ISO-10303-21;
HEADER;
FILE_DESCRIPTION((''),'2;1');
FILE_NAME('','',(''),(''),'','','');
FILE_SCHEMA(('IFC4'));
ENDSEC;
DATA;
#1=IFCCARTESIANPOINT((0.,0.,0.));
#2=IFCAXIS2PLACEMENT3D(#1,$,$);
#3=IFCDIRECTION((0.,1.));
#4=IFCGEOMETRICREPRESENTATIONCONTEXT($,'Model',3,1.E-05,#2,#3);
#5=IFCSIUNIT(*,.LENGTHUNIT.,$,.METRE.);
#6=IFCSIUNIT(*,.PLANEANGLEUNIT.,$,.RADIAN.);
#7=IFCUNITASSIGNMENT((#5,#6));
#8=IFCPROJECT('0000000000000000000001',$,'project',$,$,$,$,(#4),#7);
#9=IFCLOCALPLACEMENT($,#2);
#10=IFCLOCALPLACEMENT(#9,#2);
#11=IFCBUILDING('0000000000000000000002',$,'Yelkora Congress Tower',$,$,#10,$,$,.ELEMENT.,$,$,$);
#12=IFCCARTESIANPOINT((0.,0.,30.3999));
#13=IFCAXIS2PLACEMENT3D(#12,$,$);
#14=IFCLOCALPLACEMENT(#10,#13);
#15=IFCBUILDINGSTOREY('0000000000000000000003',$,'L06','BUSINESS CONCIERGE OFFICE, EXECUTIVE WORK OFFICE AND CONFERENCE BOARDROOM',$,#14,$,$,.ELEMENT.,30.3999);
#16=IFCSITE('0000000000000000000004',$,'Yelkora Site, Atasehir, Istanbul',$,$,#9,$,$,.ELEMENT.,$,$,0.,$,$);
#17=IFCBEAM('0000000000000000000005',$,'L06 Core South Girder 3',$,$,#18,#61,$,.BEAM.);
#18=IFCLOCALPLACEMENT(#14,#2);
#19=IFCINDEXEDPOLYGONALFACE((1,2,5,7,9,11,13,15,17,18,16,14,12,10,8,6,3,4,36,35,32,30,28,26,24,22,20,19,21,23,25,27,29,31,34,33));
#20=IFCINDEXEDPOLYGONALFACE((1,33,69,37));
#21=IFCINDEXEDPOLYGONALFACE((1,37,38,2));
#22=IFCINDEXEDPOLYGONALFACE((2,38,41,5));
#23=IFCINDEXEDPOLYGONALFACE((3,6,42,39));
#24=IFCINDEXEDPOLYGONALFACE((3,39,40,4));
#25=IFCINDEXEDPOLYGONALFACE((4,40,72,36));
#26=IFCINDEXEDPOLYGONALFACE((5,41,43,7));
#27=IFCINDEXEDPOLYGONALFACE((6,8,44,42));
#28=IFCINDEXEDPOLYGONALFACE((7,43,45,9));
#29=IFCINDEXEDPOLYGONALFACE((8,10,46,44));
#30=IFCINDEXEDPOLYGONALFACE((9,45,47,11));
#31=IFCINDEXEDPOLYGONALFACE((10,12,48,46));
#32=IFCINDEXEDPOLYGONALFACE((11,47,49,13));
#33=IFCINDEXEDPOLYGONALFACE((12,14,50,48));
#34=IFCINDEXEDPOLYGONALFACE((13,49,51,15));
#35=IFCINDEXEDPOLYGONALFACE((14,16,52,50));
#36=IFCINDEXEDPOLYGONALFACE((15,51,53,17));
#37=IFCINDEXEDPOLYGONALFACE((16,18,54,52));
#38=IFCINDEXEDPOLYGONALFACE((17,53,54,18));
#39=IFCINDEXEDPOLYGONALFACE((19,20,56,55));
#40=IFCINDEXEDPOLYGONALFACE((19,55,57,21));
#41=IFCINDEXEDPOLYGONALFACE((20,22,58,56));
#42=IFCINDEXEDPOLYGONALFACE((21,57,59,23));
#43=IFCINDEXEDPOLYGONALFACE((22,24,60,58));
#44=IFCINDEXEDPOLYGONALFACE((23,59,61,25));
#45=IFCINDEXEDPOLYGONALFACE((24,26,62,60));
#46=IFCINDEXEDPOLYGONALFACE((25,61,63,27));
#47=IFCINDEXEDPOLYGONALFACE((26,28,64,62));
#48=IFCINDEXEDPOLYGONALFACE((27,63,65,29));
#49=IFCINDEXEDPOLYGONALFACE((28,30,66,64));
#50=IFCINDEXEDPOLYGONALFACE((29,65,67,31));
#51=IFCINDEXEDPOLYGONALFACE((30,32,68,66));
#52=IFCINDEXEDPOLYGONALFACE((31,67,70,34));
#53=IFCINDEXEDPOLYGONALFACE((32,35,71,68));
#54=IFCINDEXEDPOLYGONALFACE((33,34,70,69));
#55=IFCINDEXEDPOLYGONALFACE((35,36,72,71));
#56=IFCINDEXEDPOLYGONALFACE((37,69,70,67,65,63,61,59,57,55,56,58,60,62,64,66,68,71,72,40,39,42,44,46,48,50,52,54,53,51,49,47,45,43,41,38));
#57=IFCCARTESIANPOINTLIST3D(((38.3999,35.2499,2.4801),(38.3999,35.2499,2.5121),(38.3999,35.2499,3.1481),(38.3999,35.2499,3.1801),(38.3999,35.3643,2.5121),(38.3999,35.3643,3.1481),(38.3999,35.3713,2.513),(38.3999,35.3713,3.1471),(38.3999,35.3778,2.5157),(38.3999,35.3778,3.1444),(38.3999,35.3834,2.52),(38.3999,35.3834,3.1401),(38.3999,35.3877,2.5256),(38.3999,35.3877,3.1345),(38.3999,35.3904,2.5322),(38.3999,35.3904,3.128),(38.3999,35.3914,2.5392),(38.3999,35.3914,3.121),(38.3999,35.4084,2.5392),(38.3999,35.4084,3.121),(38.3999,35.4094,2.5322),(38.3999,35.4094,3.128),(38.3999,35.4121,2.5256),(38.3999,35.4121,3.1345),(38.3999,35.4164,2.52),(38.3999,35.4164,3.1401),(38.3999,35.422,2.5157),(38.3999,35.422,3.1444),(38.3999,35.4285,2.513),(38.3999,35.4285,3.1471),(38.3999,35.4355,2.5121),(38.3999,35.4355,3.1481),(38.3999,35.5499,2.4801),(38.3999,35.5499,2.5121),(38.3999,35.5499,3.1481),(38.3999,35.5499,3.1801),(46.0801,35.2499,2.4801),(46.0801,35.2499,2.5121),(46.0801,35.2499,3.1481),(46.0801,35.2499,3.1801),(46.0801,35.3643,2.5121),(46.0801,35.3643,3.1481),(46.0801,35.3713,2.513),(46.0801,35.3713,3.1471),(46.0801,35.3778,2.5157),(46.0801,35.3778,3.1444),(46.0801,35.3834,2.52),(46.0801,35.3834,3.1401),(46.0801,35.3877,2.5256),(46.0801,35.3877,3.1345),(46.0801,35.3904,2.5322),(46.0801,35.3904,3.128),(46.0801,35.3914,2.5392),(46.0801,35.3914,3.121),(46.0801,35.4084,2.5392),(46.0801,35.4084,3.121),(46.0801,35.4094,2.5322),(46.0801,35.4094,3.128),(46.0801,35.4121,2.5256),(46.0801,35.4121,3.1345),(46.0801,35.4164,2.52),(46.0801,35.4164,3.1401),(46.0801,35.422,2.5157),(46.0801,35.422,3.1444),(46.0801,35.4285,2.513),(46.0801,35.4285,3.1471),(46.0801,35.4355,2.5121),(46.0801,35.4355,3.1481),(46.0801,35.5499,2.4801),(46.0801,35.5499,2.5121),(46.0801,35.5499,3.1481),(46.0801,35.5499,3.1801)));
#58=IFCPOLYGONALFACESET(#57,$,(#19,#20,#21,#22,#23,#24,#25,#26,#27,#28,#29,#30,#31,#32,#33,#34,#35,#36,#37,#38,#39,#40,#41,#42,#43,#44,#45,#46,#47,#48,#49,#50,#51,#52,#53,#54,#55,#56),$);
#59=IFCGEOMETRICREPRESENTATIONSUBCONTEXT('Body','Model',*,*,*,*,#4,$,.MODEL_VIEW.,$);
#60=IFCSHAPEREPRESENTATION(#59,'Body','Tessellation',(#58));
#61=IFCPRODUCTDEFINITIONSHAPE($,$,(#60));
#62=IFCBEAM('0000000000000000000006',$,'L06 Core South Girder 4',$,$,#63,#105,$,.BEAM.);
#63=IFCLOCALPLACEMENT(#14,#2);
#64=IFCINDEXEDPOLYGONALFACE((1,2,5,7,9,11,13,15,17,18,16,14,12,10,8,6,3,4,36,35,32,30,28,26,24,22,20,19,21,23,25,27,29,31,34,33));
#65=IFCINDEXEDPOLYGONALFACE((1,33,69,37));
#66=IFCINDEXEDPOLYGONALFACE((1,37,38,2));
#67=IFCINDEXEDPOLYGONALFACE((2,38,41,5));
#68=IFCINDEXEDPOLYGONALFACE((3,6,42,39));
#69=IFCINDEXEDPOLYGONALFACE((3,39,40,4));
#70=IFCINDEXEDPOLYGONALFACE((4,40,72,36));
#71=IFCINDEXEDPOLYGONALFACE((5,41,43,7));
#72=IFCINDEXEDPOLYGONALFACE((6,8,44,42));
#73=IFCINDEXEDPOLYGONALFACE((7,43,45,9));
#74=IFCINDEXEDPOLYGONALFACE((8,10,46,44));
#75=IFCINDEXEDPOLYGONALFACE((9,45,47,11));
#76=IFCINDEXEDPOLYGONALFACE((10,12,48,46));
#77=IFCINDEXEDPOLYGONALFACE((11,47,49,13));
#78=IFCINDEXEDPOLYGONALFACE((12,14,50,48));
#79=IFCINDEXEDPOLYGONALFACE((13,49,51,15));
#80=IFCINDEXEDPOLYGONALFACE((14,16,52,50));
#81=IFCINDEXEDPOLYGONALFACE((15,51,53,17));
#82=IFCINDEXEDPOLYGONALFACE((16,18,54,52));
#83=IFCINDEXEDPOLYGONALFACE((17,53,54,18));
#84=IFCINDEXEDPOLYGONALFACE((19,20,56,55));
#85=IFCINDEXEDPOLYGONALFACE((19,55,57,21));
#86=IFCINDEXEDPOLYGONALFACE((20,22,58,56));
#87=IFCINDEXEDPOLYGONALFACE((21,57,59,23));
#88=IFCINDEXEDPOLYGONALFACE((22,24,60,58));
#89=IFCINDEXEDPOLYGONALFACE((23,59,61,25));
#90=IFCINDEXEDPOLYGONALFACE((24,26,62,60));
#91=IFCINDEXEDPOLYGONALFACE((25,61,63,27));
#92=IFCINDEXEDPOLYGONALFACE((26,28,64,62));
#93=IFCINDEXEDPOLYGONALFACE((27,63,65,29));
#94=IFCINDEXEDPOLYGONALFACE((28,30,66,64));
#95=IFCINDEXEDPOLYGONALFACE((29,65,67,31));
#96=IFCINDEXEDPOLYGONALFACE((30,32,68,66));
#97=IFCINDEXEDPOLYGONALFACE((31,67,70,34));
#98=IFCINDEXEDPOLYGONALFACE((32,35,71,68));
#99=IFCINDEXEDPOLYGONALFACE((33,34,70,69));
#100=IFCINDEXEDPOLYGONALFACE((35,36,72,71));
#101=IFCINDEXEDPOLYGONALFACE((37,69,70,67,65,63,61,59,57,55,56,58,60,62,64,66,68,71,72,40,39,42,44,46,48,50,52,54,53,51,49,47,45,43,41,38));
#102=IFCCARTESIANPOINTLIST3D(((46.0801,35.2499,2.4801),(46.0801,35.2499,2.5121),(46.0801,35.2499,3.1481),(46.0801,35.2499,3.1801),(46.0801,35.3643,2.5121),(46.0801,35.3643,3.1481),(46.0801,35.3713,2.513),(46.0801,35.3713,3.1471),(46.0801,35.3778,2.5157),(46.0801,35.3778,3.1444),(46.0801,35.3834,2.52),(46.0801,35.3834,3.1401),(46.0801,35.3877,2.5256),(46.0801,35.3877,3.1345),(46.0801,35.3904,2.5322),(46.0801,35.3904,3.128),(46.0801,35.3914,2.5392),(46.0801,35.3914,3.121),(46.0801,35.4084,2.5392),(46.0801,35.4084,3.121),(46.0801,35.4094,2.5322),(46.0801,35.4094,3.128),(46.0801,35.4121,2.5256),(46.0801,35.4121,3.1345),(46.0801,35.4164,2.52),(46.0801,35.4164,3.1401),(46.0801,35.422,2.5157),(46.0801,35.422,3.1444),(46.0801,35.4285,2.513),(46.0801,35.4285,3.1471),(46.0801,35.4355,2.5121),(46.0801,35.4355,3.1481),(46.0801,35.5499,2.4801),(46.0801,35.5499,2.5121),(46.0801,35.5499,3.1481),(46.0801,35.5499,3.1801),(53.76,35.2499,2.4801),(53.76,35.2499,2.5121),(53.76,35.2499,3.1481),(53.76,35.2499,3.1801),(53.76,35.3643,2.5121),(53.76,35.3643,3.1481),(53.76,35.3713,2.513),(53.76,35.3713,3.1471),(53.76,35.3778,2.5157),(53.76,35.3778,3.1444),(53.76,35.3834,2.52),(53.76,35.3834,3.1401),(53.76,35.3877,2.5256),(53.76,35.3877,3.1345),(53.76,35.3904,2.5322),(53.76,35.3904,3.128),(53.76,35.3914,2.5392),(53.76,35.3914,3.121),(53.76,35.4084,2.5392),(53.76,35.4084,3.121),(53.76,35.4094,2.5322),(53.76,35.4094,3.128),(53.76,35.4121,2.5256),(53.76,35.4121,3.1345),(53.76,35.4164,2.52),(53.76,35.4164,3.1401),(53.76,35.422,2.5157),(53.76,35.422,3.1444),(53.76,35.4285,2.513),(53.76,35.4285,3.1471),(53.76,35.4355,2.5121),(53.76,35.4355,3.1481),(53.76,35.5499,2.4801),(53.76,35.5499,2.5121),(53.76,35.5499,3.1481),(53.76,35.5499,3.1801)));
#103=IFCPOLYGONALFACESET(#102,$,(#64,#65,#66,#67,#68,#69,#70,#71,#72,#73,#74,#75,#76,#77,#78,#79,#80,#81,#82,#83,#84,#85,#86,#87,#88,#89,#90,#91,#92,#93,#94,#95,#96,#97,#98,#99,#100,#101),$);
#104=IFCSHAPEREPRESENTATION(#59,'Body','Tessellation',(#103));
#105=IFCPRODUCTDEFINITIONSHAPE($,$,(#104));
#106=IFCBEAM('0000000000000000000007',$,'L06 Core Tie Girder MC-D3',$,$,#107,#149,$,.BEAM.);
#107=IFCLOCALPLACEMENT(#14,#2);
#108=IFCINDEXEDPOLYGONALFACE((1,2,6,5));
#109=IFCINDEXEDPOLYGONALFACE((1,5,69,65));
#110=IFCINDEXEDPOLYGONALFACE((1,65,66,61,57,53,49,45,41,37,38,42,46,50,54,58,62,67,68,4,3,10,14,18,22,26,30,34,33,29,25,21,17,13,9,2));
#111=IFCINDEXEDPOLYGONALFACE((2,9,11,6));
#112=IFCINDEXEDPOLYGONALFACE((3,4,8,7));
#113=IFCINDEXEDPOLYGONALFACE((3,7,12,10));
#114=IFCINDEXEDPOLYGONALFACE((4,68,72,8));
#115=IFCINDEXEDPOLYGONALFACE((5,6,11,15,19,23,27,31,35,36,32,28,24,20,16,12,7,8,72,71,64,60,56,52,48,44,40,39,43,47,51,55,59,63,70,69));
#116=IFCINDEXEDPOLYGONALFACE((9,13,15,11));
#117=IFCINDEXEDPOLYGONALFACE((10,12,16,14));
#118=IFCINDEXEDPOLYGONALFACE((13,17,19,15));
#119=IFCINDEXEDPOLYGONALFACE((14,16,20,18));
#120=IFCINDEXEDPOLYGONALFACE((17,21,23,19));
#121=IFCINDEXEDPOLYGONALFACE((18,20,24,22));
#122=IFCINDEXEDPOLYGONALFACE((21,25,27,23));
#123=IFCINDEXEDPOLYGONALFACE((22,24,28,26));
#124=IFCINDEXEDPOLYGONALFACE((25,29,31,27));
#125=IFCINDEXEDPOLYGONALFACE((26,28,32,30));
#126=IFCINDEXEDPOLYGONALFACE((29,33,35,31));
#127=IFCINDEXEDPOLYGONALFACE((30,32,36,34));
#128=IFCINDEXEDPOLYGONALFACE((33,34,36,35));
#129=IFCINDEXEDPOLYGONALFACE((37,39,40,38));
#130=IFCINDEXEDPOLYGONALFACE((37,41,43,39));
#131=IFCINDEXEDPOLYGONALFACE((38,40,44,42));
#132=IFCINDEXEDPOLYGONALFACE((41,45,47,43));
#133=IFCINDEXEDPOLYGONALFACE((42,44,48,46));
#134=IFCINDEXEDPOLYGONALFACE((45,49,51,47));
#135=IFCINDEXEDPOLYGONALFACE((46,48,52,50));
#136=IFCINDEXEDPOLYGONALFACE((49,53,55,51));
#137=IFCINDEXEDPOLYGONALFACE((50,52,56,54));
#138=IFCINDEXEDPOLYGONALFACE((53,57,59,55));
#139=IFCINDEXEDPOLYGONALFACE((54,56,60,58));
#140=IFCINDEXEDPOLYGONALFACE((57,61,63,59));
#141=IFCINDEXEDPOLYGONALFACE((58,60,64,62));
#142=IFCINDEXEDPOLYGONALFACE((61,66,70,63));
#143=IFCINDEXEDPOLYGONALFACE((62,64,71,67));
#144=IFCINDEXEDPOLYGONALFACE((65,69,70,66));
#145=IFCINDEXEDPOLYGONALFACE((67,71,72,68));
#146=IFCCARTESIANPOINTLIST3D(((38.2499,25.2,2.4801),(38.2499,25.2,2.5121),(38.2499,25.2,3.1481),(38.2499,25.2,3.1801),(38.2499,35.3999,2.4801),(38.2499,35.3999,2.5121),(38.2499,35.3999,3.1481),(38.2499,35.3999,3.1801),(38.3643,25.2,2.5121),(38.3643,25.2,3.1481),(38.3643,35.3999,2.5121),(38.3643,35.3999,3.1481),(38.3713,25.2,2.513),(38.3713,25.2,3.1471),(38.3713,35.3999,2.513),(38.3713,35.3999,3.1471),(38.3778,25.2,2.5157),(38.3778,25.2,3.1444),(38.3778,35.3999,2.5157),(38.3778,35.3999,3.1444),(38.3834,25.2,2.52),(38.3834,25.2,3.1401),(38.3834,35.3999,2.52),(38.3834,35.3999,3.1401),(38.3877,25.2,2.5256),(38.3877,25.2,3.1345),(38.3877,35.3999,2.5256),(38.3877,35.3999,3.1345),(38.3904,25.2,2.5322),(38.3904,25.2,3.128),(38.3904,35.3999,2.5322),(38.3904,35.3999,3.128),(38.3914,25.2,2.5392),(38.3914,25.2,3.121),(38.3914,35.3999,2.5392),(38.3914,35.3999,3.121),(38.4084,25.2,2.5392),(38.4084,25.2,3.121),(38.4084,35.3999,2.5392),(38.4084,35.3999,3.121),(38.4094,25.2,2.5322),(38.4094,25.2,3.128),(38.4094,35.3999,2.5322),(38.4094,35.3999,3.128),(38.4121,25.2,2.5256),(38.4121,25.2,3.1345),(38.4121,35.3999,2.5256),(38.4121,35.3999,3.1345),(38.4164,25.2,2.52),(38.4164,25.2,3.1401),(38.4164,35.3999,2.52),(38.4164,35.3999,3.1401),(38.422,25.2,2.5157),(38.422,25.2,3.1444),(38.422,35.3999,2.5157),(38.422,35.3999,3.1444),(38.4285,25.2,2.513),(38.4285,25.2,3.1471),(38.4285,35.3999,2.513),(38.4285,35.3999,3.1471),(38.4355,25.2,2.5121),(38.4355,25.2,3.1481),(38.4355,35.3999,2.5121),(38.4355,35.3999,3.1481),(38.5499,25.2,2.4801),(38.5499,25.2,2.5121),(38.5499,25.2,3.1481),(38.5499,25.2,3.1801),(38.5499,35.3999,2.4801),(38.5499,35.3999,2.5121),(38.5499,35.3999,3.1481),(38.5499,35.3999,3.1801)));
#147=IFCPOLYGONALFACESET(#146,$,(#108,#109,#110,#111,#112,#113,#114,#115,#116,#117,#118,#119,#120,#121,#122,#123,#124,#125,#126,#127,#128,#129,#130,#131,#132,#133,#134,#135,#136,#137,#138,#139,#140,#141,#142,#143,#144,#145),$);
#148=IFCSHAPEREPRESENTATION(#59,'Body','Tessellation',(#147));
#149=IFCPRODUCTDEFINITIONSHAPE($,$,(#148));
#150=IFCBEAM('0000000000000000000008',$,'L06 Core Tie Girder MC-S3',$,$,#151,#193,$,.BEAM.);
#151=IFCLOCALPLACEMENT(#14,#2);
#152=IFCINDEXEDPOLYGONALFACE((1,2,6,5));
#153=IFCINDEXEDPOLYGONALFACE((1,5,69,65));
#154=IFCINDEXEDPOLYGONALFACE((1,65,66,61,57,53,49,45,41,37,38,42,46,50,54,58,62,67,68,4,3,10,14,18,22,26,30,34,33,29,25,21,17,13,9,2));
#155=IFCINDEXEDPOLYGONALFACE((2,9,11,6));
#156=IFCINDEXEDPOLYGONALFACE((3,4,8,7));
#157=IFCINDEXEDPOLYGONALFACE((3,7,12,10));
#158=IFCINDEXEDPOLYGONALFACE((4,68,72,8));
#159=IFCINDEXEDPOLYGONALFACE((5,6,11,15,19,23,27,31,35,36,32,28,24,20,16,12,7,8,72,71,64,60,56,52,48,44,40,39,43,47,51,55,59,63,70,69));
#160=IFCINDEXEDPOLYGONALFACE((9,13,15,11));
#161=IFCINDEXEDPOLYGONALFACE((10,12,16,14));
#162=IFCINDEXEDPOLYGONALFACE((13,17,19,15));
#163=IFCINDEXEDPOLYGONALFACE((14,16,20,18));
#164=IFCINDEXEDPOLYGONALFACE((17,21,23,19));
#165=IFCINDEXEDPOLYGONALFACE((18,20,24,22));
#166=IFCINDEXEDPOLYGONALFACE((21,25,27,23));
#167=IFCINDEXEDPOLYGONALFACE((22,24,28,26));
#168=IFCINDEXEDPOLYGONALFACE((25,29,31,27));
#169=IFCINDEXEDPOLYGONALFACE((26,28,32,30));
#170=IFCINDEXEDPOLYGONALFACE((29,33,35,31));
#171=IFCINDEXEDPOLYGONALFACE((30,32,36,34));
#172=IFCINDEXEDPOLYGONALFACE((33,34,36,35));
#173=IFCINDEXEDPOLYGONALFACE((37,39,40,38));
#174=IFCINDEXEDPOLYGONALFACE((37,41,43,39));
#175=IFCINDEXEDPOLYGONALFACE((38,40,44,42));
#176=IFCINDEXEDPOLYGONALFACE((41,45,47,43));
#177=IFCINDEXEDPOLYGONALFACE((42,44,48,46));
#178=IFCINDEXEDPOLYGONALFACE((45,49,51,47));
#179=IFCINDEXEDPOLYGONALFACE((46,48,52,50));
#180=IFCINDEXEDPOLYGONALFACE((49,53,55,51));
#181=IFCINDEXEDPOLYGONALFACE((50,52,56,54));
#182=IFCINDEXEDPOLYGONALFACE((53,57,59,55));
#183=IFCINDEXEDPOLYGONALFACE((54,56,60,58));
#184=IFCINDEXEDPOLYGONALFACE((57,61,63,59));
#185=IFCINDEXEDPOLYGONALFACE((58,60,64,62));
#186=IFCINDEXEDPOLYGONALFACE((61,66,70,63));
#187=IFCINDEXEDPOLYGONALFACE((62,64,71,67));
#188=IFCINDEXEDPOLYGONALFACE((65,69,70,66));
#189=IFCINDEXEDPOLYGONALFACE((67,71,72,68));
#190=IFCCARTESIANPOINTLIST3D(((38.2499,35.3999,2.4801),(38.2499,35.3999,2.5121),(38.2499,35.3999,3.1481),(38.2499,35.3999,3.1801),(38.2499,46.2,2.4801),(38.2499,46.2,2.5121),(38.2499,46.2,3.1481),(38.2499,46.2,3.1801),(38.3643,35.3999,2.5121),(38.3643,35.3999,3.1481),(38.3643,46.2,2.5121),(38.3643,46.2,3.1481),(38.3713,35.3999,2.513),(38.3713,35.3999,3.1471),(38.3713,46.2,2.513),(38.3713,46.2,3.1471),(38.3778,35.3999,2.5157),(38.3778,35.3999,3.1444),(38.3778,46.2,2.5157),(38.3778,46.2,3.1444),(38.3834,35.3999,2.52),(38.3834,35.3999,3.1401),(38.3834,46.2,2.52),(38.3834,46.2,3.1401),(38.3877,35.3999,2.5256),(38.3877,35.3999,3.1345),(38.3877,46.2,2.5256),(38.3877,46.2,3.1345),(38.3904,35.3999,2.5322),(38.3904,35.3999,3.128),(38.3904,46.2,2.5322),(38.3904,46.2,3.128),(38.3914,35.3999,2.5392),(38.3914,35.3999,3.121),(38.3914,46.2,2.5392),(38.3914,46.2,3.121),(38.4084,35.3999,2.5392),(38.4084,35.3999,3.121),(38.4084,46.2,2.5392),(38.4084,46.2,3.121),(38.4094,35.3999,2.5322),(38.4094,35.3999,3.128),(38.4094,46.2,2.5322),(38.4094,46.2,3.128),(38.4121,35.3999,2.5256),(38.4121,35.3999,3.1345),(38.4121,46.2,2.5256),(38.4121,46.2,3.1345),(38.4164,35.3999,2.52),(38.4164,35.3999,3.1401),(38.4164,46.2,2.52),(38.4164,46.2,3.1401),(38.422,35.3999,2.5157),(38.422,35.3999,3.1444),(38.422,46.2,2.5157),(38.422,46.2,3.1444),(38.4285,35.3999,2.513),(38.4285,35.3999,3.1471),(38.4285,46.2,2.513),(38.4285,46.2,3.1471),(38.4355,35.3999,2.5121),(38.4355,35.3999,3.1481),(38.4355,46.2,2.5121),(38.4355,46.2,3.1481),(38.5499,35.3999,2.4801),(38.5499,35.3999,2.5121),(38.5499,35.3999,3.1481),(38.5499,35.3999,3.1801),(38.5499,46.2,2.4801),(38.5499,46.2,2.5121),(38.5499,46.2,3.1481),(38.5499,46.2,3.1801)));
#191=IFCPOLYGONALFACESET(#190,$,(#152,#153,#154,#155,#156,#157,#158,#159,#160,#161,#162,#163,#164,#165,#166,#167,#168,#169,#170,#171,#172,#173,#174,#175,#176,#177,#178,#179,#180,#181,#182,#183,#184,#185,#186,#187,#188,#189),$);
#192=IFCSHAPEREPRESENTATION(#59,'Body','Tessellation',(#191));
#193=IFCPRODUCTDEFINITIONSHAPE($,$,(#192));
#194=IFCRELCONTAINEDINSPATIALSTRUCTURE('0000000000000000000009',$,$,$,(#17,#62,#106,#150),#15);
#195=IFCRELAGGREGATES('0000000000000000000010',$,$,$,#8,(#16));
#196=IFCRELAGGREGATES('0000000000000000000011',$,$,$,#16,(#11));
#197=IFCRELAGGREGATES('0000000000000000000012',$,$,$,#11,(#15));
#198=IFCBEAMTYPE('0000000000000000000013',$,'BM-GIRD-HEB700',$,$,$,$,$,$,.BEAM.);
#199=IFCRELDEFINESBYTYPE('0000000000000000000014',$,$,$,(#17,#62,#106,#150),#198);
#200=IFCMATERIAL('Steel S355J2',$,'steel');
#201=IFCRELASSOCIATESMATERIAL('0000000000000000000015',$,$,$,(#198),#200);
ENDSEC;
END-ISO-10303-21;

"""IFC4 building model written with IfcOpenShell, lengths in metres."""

from ifc_helpers import new_model, si_unit, direction, frame, origin, origin_2d, place, context, subcontext, project, spatial, i_section, extrude, material, material_profile, profile_set, type_object, element, save


model = new_model("IFC4")

# Units and contexts
model_context = context("Model", 3, precision=1e-05, world=origin(), true_north=direction((0.0, 1.0)))
body_context = subcontext(model_context, "Body", "Model", "MODEL_VIEW")
ifc_project = project(units=[si_unit("LENGTHUNIT", "METRE"), si_unit("PLANEANGLEUNIT", "RADIAN")], contexts=[model_context])

# Site, building, storey
site_placement = place(None, origin())
site = spatial("IfcSite", under=ifc_project, at=site_placement, Name="Yelkora Site, Atasehir, Istanbul", CompositionType="ELEMENT", RefElevation=0.0)
building_placement = place(site_placement, origin())
building = spatial("IfcBuilding", under=site, at=building_placement, Name="Yelkora Congress Tower", CompositionType="ELEMENT")
storey_placement = place(building_placement, frame((0.0, 0.0, 30.3999)))
storey = spatial("IfcBuildingStorey", under=building, at=storey_placement, Name="L06", Description="BUSINESS CONCIERGE OFFICE, EXECUTIVE WORK OFFICE AND CONFERENCE BOARDROOM", CompositionType="ELEMENT", Elevation=30.3999)

# Beams
ifc_material_1 = material(Name="Steel S355J2", Category="steel")
ifc_material_profile_1 = material_profile(ifc_material_1, i_section(OverallWidth=0.3, OverallDepth=0.7, WebThickness=0.0171, FlangeThickness=0.032, FilletRadius=0.0271, at=origin_2d()), Name="HEB 700")
ifc_profile_set_1 = profile_set([ifc_material_profile_1], Name="Steel S355J2")
beam_type_1 = type_object("IfcBeamType", Name="BM-GIRD-HEB700", PredefinedType="BEAM", material=ifc_profile_set_1)
beam_1_placement = place(storey_placement, frame((38.3999, 35.3999, 2.8301), z_axis=(1.0, 0.0, 0.0), x_axis=(0.0, 1.0, 0.0)))
element("IfcBeam", 1, at=beam_1_placement, inside=storey, type_object=beam_type_1, Name="L06 Core South Girder 3", PredefinedType="BEAM", context=body_context, shape_type="SweptSolid", body=[
    extrude(i_section(OverallWidth=0.3, OverallDepth=0.7, WebThickness=0.0171, FlangeThickness=0.032, FilletRadius=0.0271, at=origin_2d()), origin(), (0.0, 0.0, 1.0), 7.6802),
])
beam_2_placement = place(storey_placement, frame((46.0801, 35.3999, 2.8301), z_axis=(1.0, 0.0, 0.0), x_axis=(0.0, 1.0, 0.0)))
element("IfcBeam", 2, at=beam_2_placement, inside=storey, type_object=beam_type_1, Name="L06 Core South Girder 4", PredefinedType="BEAM", context=body_context, shape_type="SweptSolid", body=[
    extrude(i_section(OverallWidth=0.3, OverallDepth=0.7, WebThickness=0.0171, FlangeThickness=0.032, FilletRadius=0.0271, at=origin_2d()), origin(), (0.0, 0.0, 1.0), 7.6799),
])
beam_3_placement = place(storey_placement, frame((38.3999, 25.2, 2.8301), z_axis=(0.0, 1.0, 0.0), x_axis=(-1.0, 0.0, 0.0)))
element("IfcBeam", 3, at=beam_3_placement, inside=storey, type_object=beam_type_1, Name="L06 Core Tie Girder MC-D3", PredefinedType="BEAM", context=body_context, shape_type="SweptSolid", body=[
    extrude(i_section(OverallWidth=0.3, OverallDepth=0.7, WebThickness=0.0171, FlangeThickness=0.032, FilletRadius=0.0271, at=origin_2d()), origin(), (0.0, 0.0, 1.0), 10.2),
])
beam_4_placement = place(storey_placement, frame((38.3999, 35.3999, 2.8301), z_axis=(0.0, 1.0, 0.0), x_axis=(-1.0, 0.0, 0.0)))
element("IfcBeam", 4, at=beam_4_placement, inside=storey, type_object=beam_type_1, Name="L06 Core Tie Girder MC-S3", PredefinedType="BEAM", context=body_context, shape_type="SweptSolid", body=[
    extrude(i_section(OverallWidth=0.3, OverallDepth=0.7, WebThickness=0.0171, FlangeThickness=0.032, FilletRadius=0.0271, at=origin_2d()), origin(), (0.0, 0.0, 1.0), 10.8),
])

save(model, "model.ifc")
